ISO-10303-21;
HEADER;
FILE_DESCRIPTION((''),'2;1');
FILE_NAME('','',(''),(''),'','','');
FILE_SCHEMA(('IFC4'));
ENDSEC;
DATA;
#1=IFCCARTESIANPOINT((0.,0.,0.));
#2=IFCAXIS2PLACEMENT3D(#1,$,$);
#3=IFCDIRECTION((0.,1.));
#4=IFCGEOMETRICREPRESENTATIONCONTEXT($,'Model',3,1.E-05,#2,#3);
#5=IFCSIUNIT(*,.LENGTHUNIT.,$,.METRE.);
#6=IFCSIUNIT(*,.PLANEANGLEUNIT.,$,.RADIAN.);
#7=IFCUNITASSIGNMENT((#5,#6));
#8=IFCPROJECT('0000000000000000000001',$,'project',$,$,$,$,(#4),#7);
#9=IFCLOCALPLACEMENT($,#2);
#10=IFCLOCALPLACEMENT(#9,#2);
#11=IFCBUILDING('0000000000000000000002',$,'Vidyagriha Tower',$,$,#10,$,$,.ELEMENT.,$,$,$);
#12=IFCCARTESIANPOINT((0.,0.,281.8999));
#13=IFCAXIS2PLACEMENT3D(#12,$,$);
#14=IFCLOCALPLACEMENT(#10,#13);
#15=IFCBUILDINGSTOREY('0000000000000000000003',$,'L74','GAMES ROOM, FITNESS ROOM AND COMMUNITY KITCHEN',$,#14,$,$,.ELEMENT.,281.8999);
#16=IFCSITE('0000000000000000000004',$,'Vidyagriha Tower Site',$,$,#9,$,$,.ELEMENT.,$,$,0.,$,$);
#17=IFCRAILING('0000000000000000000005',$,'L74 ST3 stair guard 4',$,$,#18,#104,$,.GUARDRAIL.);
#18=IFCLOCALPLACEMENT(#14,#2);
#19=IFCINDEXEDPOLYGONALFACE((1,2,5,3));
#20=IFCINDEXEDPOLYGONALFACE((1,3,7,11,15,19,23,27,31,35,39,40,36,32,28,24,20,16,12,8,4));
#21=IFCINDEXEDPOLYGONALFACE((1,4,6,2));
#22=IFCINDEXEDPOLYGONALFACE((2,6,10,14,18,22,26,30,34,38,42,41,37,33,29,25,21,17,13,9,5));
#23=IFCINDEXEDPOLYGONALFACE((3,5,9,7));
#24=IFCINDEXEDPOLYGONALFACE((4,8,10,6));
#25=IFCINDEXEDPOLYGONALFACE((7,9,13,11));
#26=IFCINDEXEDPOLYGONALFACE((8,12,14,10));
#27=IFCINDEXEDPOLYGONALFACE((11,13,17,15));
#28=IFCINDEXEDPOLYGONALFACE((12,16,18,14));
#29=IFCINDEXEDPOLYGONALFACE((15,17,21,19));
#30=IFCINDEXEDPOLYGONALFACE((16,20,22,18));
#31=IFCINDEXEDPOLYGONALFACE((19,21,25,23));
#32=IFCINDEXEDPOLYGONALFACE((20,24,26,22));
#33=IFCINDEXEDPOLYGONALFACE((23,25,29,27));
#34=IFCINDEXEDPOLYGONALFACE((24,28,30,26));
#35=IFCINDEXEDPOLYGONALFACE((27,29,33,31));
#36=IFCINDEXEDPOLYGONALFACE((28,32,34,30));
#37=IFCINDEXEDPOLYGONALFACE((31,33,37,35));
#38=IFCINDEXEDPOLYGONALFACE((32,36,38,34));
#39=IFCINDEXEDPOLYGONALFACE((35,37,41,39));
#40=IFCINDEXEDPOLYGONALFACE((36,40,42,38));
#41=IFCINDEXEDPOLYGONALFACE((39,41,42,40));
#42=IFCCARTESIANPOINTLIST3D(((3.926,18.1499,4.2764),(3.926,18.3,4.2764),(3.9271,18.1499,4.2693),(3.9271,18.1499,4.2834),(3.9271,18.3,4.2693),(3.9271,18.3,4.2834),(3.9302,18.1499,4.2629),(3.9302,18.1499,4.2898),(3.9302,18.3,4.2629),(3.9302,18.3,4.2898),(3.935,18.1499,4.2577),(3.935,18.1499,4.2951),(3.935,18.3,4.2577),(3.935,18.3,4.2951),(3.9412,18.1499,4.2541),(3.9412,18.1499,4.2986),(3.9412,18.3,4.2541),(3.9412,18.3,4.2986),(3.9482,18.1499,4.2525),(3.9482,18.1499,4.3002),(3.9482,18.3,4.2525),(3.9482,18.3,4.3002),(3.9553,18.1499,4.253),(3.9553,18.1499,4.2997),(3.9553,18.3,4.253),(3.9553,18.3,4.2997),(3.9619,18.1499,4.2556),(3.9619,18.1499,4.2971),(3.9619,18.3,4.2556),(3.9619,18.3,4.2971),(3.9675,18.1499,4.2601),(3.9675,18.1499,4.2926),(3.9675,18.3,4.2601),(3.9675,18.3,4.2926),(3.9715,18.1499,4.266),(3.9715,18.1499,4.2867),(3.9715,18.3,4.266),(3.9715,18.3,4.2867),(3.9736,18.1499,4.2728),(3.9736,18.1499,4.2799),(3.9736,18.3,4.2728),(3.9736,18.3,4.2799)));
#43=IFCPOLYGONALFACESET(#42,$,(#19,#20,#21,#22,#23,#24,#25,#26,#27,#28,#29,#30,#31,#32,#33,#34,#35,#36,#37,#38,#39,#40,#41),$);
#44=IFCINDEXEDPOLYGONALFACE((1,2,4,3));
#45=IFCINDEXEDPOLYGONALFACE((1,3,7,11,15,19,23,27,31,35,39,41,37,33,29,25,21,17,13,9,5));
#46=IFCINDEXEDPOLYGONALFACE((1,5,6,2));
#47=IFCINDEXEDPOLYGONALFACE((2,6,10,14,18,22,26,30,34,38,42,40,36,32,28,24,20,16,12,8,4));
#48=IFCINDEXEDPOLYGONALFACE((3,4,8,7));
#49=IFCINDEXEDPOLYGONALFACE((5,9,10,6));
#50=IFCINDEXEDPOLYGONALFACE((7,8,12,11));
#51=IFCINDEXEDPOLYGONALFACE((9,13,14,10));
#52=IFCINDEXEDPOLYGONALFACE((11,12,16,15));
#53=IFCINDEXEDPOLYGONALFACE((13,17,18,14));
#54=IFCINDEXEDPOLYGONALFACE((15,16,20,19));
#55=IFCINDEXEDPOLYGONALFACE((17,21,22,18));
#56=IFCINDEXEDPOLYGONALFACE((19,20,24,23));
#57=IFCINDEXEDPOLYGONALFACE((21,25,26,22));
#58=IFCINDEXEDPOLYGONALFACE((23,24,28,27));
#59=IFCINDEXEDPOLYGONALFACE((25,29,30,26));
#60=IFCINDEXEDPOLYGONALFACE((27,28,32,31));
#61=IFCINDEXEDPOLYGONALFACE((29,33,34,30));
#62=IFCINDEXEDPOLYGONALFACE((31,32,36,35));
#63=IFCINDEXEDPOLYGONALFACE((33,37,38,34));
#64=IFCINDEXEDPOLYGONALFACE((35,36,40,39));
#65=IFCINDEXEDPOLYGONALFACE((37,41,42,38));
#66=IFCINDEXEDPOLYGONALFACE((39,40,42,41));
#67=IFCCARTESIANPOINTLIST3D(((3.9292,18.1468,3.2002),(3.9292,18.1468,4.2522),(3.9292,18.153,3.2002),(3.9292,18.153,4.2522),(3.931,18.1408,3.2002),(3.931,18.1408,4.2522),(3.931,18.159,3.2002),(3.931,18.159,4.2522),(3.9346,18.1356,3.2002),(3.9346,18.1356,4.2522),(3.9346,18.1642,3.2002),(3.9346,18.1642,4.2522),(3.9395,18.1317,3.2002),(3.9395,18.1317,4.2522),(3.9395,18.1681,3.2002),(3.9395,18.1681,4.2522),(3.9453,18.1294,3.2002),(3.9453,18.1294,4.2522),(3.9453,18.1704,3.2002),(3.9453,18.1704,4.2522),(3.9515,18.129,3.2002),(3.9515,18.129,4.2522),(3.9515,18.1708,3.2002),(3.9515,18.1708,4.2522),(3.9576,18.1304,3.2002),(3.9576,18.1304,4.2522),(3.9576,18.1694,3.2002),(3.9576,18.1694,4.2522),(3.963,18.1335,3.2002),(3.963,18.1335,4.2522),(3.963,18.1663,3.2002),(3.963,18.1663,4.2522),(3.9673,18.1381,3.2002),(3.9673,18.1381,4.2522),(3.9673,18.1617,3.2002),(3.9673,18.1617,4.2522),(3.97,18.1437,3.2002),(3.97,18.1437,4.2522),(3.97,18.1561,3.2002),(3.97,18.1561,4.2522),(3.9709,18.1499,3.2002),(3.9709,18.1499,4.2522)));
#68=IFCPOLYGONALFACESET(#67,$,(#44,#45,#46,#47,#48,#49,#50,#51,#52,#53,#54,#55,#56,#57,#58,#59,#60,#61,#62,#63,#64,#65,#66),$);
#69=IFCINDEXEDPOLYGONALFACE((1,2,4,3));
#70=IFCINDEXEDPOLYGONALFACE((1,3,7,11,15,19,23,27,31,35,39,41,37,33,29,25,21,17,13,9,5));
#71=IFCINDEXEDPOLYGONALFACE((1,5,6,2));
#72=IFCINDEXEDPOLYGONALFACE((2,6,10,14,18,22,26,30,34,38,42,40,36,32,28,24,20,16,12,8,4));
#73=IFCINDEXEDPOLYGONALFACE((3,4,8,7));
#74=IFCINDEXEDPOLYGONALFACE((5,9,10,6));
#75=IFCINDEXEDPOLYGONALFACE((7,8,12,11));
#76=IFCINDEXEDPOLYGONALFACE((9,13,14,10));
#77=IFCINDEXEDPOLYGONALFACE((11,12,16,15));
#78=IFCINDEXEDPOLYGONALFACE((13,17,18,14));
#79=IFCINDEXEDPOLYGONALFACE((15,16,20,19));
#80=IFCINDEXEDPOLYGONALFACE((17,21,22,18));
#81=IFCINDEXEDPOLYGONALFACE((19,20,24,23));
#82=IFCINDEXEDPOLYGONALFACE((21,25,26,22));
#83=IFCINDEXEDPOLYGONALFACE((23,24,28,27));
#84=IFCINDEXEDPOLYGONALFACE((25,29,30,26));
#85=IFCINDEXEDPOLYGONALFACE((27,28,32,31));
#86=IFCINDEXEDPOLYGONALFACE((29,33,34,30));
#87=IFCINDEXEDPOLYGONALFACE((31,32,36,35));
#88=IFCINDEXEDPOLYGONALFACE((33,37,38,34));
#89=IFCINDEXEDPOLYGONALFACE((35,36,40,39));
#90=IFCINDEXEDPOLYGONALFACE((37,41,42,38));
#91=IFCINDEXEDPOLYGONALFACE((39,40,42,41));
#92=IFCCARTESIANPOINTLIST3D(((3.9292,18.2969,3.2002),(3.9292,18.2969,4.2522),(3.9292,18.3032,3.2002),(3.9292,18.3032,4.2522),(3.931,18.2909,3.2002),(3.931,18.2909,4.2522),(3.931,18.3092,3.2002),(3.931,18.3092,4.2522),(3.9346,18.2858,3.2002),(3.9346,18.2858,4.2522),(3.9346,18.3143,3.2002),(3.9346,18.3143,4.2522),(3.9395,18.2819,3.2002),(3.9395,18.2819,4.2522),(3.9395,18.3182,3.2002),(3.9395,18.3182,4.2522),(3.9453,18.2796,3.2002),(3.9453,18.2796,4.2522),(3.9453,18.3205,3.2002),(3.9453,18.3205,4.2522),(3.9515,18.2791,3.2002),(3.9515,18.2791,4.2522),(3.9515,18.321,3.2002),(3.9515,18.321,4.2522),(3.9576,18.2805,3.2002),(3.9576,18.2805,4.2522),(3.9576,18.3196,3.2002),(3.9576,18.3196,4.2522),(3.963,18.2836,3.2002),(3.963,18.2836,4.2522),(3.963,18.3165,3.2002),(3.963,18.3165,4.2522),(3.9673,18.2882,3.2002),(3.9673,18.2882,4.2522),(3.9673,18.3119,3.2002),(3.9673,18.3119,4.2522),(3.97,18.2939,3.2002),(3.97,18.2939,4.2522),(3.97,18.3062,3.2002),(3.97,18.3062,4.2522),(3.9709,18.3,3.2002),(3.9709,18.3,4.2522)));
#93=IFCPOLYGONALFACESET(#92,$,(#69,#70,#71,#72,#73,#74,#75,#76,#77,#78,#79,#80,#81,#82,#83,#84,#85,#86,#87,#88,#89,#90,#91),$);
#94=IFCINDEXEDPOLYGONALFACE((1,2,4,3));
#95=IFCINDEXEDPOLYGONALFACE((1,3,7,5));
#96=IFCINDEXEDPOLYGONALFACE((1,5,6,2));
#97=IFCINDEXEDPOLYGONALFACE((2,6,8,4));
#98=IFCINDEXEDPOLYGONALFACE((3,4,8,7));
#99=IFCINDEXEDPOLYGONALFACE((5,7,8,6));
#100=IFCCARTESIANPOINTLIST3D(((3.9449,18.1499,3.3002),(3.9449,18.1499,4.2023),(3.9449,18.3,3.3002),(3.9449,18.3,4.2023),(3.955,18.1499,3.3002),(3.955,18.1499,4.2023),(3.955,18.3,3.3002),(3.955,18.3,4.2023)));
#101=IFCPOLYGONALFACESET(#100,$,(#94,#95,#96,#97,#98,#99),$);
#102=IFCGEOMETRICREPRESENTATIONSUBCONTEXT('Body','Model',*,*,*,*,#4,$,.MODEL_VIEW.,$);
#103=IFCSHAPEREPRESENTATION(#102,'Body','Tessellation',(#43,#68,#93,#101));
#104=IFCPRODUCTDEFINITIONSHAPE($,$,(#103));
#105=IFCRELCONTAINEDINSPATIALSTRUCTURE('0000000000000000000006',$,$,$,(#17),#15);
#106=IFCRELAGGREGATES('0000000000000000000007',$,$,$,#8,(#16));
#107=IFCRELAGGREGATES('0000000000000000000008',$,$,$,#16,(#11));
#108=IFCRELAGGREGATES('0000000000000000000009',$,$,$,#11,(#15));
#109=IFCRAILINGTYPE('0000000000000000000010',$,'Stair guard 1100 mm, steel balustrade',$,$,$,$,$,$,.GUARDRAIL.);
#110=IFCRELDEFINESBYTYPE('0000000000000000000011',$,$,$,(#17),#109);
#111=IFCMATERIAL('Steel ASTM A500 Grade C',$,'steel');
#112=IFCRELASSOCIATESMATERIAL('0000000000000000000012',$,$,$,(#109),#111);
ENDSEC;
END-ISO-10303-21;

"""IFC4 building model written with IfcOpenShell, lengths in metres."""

from ifc_helpers import new_model, si_unit, direction, frame, origin, origin_2d, place, context, subcontext, project, spatial, rectangle, circle, extrude, material, type_object, element, save


model = new_model("IFC4")

# Units and contexts
model_context = context("Model", 3, precision=1e-05, world=origin(), true_north=direction((0.0, 1.0)))
body_context = subcontext(model_context, "Body", "Model", "MODEL_VIEW")
ifc_project = project(units=[si_unit("LENGTHUNIT", "METRE"), si_unit("PLANEANGLEUNIT", "RADIAN")], contexts=[model_context])

# Site, building, storey
site_placement = place(None, origin())
site = spatial("IfcSite", under=ifc_project, at=site_placement, Name="Vidyagriha Tower Site", CompositionType="ELEMENT", RefElevation=0.0)
building_placement = place(site_placement, origin())
building = spatial("IfcBuilding", under=site, at=building_placement, Name="Vidyagriha Tower", CompositionType="ELEMENT")
storey_placement = place(building_placement, frame((0.0, 0.0, 281.8999)))
storey = spatial("IfcBuildingStorey", under=building, at=storey_placement, Name="L74", Description="GAMES ROOM, FITNESS ROOM AND COMMUNITY KITCHEN", CompositionType="ELEMENT", Elevation=281.8999)

# Railing
ifc_material_1 = material(Name="Steel ASTM A500 Grade C", Category="steel")
railing_type_1 = type_object("IfcRailingType", Name="Stair guard 1100 mm, steel balustrade", PredefinedType="GUARDRAIL", material=ifc_material_1)
railing_1_placement = place(storey_placement, frame((3.95, 18.1499, 3.2002)))
element("IfcRailing", 1, at=railing_1_placement, inside=storey, type_object=railing_type_1, Name="L74 ST3 stair guard 4", PredefinedType="GUARDRAIL", context=body_context, shape_type="SweptSolid", body=[
    extrude(circle(Radius=0.0239, at=origin_2d()), frame((0.0, 0.0, 1.0762), z_axis=(0.0, 1.0, 0.0), x_axis=(-1.0, 0.0, 0.0)), (0.0, 0.0, 1.0), 0.1501),
    extrude(circle(Radius=0.021, at=origin_2d()), origin(), (0.0, 0.0, 1.0), 1.052),
    extrude(circle(Radius=0.021, at=origin_2d()), frame((0.0, 0.1501, 0.0)), (0.0, 0.0, 1.0), 1.052),
    extrude(rectangle(XDim=0.01, YDim=0.9021, at=origin_2d()), frame((0.0, 0.0, 0.551), z_axis=(0.0, 1.0, 0.0), x_axis=(-1.0, 0.0, 0.0)), (0.0, 0.0, 1.0), 0.1501),
])

save(model, "model.ifc")
